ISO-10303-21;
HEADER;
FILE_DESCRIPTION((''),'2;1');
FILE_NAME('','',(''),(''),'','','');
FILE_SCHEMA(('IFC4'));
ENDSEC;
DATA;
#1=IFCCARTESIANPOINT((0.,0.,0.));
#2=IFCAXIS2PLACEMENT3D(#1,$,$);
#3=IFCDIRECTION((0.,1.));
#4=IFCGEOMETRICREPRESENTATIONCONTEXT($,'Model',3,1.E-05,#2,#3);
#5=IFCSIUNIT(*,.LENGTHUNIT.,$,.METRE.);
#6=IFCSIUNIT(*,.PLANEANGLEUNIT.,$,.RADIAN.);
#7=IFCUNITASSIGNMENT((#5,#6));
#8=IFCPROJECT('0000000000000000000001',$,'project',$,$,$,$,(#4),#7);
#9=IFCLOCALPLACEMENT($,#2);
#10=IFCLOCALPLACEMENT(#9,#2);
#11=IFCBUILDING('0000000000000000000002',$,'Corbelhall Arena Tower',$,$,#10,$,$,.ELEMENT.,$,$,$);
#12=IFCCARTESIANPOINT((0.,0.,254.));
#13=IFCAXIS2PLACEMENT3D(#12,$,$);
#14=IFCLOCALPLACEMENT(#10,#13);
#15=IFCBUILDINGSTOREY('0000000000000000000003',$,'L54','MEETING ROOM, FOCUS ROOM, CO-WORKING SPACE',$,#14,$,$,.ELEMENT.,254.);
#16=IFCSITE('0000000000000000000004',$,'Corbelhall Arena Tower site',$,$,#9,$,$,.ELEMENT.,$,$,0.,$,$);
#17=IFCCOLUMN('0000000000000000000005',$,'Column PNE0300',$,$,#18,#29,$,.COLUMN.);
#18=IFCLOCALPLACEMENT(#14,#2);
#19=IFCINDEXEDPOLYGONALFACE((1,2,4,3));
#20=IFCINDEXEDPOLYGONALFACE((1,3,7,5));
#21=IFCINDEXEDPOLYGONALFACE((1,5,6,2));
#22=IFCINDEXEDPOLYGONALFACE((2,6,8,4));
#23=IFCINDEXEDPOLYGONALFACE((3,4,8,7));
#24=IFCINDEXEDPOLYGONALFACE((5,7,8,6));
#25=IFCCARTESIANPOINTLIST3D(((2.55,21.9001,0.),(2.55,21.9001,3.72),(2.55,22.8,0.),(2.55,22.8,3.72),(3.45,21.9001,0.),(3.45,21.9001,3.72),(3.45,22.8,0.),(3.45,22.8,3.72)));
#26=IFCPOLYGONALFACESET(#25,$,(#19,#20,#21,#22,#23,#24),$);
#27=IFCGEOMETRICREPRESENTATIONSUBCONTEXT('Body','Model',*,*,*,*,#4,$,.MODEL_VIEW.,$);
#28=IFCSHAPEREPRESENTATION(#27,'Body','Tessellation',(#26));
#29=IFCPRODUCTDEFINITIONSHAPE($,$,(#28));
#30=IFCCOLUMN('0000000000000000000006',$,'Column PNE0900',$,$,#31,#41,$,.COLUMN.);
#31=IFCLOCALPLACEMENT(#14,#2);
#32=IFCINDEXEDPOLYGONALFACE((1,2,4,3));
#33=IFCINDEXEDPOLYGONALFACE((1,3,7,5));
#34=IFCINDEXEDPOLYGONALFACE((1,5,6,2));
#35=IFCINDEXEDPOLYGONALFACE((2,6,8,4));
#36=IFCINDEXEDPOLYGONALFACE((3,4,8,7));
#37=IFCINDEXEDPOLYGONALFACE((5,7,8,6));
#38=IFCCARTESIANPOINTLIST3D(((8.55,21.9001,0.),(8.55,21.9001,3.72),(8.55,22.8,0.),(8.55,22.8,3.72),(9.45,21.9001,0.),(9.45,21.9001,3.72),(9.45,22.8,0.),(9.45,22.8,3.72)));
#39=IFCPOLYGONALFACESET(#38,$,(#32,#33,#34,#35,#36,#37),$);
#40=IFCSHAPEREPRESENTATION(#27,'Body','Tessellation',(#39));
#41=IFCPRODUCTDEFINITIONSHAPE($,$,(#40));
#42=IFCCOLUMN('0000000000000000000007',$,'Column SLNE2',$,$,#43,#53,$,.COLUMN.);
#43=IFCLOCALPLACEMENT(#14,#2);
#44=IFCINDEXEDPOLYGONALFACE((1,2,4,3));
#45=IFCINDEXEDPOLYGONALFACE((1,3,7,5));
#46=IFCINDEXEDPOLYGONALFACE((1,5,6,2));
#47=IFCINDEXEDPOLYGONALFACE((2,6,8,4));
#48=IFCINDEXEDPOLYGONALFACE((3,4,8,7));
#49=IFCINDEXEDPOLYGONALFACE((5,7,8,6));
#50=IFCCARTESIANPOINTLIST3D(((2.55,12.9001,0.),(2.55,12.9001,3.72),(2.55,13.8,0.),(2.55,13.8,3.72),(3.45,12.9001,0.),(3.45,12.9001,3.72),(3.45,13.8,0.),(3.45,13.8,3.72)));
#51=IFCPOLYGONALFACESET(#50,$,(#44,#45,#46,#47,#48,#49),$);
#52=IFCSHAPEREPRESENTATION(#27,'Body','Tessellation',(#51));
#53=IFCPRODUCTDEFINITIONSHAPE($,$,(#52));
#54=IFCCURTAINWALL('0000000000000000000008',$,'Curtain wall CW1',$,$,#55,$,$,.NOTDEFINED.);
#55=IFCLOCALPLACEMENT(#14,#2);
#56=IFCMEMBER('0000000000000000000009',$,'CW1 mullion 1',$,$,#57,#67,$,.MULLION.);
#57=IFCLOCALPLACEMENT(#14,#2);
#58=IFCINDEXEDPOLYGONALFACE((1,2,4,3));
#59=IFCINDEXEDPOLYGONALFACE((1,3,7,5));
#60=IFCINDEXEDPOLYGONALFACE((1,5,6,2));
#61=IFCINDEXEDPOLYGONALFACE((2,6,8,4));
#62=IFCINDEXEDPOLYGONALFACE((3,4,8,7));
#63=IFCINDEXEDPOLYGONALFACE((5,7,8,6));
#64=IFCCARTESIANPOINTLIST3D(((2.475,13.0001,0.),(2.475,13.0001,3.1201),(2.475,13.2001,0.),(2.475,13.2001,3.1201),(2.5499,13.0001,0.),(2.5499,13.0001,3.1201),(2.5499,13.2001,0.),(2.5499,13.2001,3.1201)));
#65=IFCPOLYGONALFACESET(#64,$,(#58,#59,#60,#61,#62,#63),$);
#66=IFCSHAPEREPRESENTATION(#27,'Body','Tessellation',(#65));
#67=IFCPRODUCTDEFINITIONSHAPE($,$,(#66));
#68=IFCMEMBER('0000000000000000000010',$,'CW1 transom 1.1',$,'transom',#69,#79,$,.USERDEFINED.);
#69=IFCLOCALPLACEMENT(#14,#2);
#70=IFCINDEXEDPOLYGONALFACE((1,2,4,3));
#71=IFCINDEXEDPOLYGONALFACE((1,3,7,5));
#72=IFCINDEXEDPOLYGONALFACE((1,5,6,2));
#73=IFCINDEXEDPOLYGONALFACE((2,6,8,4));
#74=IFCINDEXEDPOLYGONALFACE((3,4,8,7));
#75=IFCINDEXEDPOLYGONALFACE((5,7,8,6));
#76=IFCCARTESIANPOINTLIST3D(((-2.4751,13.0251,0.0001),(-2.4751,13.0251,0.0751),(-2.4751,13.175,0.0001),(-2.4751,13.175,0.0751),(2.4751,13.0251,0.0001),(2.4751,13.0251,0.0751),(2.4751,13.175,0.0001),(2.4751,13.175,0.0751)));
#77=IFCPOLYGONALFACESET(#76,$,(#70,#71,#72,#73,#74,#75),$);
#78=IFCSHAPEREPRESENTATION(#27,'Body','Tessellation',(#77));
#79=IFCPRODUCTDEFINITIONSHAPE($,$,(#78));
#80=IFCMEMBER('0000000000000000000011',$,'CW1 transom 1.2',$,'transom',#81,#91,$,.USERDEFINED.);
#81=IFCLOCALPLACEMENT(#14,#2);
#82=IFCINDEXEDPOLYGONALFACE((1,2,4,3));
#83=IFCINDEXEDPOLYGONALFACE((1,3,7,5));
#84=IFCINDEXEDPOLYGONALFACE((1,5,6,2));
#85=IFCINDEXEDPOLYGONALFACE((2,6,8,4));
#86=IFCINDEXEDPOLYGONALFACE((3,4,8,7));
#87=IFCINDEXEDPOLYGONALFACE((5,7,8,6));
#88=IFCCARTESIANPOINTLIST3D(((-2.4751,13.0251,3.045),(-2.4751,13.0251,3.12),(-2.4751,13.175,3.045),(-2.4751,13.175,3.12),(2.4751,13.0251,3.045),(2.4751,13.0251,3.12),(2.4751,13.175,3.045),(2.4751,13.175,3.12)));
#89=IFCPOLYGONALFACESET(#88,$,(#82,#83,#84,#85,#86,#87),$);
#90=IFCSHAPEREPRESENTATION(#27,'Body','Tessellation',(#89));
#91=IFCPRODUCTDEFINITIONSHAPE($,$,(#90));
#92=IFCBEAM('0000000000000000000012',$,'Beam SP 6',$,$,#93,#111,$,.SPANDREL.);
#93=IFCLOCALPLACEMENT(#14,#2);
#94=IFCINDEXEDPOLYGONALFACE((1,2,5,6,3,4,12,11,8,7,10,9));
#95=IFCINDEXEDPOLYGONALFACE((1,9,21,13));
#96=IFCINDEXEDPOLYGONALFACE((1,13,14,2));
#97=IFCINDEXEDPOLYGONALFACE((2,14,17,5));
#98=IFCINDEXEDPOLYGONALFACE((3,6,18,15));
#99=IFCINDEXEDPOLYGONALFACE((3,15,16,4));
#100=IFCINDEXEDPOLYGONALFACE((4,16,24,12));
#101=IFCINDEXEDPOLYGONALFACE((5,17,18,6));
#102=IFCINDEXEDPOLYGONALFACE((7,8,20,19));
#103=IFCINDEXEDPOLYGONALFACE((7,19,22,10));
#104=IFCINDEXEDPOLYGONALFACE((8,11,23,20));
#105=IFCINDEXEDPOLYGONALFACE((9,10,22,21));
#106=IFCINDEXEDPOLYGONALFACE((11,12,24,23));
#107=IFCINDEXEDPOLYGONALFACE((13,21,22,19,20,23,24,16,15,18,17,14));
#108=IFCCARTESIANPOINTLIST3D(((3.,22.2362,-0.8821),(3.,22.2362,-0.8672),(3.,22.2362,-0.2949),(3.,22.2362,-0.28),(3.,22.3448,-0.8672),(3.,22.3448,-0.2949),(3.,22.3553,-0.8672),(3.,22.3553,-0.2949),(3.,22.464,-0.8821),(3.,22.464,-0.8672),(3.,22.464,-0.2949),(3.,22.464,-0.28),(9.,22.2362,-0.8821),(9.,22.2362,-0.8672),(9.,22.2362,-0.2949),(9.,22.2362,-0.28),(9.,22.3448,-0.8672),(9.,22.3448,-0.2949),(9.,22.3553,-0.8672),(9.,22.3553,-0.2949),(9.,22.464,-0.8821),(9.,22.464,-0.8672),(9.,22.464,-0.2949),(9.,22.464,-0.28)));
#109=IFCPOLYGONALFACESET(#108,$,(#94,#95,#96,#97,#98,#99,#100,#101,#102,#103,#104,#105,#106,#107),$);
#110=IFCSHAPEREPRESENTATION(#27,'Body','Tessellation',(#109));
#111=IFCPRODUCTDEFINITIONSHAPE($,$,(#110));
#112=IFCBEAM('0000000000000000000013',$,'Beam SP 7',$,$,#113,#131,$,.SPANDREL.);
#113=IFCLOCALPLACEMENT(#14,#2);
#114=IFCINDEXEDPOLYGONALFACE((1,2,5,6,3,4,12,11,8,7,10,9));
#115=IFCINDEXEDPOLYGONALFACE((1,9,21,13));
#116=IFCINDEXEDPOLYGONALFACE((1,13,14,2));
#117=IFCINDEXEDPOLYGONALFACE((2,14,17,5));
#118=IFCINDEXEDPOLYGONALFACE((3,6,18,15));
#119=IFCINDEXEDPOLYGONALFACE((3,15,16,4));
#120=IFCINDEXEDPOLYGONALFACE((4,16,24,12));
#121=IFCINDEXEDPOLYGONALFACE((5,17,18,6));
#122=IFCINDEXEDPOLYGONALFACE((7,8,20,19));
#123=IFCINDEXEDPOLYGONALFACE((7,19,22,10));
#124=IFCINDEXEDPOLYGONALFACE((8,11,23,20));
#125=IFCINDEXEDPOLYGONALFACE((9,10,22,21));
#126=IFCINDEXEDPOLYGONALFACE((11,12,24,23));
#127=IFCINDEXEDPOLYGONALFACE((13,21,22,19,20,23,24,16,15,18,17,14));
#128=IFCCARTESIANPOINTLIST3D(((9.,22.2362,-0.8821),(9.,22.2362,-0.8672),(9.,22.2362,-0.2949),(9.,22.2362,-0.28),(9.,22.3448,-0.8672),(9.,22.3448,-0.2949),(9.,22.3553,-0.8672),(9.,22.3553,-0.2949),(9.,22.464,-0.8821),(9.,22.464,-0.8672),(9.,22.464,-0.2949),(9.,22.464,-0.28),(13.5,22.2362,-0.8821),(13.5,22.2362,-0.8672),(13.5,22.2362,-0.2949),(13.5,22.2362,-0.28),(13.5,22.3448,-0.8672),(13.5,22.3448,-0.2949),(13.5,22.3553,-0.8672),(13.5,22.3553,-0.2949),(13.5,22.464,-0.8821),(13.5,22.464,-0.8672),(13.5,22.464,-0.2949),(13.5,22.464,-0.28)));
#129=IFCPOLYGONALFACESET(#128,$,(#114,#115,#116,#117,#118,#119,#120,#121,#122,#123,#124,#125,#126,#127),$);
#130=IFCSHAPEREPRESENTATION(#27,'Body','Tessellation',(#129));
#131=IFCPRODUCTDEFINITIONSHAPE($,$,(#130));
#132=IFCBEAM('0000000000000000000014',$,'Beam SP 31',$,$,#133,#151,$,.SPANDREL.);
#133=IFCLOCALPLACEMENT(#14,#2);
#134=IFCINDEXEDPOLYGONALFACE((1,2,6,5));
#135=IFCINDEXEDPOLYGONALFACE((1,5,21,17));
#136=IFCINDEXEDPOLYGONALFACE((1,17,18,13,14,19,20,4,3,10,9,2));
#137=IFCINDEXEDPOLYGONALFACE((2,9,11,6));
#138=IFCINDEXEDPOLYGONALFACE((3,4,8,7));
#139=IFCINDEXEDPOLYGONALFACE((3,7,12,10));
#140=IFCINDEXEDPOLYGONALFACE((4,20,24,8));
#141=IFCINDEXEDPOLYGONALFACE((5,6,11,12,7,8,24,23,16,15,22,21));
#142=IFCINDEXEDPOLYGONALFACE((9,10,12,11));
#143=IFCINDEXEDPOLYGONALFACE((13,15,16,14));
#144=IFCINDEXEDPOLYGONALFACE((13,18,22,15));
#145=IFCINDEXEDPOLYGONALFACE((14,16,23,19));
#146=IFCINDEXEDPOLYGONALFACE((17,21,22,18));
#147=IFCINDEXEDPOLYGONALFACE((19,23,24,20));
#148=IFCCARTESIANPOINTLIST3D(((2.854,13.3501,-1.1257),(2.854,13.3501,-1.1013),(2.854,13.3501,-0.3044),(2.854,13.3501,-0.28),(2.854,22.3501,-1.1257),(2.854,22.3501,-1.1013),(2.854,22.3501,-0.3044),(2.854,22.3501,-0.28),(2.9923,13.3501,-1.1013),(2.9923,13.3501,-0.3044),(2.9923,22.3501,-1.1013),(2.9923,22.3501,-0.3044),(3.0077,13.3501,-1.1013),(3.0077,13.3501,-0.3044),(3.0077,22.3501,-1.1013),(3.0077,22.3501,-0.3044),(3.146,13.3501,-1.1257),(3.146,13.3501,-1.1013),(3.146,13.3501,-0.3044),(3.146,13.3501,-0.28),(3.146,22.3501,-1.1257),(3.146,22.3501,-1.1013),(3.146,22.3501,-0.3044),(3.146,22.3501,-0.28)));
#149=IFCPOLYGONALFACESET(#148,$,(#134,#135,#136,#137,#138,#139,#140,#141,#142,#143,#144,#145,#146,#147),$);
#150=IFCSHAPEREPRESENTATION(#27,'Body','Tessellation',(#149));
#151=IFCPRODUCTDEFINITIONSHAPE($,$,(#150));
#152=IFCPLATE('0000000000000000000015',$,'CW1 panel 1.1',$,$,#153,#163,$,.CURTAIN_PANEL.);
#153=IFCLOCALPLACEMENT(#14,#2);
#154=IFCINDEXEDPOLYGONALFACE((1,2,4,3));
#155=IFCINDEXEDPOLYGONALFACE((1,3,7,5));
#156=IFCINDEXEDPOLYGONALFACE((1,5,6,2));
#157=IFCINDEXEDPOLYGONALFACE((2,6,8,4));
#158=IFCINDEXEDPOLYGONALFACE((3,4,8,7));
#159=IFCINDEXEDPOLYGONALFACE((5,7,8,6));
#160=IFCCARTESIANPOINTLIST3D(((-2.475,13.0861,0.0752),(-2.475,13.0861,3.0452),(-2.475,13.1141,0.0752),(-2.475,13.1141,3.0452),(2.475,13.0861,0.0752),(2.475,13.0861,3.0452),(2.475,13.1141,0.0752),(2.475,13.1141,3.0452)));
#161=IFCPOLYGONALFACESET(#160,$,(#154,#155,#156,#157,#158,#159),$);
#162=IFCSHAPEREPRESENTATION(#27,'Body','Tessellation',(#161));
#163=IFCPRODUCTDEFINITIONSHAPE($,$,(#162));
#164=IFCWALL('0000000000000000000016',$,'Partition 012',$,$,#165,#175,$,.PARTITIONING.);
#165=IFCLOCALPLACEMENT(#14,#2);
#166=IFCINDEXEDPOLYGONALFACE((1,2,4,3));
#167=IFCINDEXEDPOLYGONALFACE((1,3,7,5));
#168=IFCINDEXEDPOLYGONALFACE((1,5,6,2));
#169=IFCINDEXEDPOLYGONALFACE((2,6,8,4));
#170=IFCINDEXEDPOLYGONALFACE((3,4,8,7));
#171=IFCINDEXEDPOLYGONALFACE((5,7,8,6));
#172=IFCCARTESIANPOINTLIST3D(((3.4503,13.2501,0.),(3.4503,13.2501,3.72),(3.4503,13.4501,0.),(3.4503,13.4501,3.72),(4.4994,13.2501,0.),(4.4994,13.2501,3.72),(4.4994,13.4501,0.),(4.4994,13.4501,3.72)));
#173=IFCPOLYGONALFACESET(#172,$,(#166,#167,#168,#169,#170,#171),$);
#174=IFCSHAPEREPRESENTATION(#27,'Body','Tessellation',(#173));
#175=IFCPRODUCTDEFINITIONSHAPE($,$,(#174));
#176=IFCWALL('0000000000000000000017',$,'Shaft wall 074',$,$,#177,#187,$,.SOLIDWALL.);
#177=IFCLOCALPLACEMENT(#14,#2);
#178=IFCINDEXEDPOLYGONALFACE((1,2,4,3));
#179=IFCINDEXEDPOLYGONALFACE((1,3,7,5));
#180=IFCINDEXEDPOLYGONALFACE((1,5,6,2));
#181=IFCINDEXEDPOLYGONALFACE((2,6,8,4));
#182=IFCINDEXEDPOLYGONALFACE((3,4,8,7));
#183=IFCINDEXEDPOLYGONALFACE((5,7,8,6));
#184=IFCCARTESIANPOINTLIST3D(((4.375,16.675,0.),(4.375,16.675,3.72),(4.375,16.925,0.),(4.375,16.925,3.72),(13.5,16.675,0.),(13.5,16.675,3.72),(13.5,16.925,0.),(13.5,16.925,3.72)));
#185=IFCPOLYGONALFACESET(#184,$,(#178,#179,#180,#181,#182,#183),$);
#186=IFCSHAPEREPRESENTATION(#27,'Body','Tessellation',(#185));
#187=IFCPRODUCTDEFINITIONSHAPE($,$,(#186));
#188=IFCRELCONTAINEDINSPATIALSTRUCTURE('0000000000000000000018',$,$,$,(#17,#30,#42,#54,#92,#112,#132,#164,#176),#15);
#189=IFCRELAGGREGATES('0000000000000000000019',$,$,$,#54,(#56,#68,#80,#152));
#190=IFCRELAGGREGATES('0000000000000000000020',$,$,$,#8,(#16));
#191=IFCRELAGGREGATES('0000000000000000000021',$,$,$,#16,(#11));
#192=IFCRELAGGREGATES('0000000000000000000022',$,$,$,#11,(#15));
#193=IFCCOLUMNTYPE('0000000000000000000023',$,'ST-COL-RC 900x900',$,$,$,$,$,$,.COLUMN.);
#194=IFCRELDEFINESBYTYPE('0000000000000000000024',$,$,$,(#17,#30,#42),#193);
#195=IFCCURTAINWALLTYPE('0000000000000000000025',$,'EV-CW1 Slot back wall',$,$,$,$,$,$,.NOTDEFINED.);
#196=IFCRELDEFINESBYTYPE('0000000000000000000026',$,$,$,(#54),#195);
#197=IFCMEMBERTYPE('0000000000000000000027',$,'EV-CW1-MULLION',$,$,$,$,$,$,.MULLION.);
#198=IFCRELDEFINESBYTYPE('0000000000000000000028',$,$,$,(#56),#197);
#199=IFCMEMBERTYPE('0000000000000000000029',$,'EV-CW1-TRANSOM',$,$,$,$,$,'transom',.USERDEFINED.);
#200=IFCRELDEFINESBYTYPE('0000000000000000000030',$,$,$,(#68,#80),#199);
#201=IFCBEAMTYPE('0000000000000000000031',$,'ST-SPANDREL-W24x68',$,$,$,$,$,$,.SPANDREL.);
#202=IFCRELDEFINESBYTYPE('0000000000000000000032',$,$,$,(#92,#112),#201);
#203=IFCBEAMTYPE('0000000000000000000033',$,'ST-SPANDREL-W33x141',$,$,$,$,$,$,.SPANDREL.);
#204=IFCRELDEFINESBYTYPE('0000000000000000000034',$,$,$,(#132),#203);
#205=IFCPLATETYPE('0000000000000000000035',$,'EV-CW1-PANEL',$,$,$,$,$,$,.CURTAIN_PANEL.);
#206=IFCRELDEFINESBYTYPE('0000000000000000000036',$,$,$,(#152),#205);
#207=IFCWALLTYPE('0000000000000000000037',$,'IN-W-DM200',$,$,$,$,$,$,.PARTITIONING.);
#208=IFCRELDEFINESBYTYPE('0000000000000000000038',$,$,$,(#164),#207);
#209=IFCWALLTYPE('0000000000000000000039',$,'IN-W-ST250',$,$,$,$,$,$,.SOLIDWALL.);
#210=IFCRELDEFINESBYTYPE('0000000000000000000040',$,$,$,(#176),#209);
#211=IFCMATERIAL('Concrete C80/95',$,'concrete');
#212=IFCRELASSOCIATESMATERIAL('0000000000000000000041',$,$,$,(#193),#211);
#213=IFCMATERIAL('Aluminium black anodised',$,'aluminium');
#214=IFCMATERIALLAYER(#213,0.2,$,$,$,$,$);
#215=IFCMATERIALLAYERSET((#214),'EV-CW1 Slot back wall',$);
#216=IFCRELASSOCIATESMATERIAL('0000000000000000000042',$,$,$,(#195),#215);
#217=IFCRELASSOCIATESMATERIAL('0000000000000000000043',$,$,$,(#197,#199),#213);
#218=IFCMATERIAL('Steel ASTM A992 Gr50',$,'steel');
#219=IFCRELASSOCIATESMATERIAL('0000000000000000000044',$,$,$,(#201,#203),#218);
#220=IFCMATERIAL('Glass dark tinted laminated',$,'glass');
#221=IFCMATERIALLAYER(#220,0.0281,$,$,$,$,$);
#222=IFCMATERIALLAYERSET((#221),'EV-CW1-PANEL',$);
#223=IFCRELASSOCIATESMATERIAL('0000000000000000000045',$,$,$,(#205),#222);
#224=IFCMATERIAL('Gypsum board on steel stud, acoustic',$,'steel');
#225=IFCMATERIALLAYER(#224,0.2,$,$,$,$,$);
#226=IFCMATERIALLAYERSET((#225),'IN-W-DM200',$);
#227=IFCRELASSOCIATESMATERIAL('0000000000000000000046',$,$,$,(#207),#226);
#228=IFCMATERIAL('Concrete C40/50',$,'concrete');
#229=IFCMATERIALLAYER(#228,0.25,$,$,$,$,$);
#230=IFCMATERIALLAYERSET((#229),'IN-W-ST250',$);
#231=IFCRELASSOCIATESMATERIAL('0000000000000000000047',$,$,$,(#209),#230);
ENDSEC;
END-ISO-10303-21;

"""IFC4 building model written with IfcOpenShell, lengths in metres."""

from ifc_helpers import new_model, si_unit, direction, frame, frame_2d, origin, origin_2d, place, context, subcontext, project, spatial, rectangle, i_section, extrude, material, layer, layer_set, material_profile, profile_set, type_object, element, aggregate, save


model = new_model("IFC4")

# Units and contexts
model_context = context("Model", 3, precision=1e-05, world=origin(), true_north=direction((0.0, 1.0)))
body_context = subcontext(model_context, "Body", "Model", "MODEL_VIEW")
ifc_project = project(units=[si_unit("LENGTHUNIT", "METRE"), si_unit("PLANEANGLEUNIT", "RADIAN")], contexts=[model_context])

# Site, building, storey
site_placement = place(None, origin())
site = spatial("IfcSite", under=ifc_project, at=site_placement, Name="Corbelhall Arena Tower site", CompositionType="ELEMENT", RefElevation=0.0)
building_placement = place(site_placement, origin())
building = spatial("IfcBuilding", under=site, at=building_placement, Name="Corbelhall Arena Tower", CompositionType="ELEMENT")
storey_placement = place(building_placement, frame((0.0, 0.0, 254.0)))
storey = spatial("IfcBuildingStorey", under=building, at=storey_placement, Name="L54", Description="MEETING ROOM, FOCUS ROOM, CO-WORKING SPACE", CompositionType="ELEMENT", Elevation=254.0)

# Columns
ifc_material_1 = material(Name="Concrete C80/95", Category="concrete")
ifc_material_profile_1 = material_profile(ifc_material_1, rectangle(XDim=0.8999, YDim=0.8999, at=origin_2d()))
ifc_profile_set_1 = profile_set([ifc_material_profile_1], Name="Concrete C80/95")
column_type = type_object("IfcColumnType", Name="ST-COL-RC 900x900", PredefinedType="COLUMN", material=ifc_profile_set_1)
for number, where, z_axis, x_axis, name in (
    (1, (3.0, 22.3501, 0.0), (0.0, 0.0, 1.0), (1.0, 0.0, 0.0), "Column PNE0300"),
    (2, (9.0, 22.3501, 0.0), (0.0, 0.0, 1.0), (1.0, 0.0, 0.0), "Column PNE0900"),
    (3, (3.0, 13.3501, 0.0), (0.0, 0.0, 1.0), (1.0, 0.0, 0.0), "Column SLNE2"),
):
    element("IfcColumn", number, at=place(storey_placement, frame(where, z_axis=z_axis, x_axis=x_axis)), inside=storey, type_object=column_type, Name=name, PredefinedType="COLUMN", context=body_context, shape_type="SweptSolid", body=[
        extrude(rectangle(XDim=0.8999, YDim=0.8999, at=origin_2d()), origin(), (0.0, 0.0, 1.0), 3.72),
    ])

# Curtain wall, members
ifc_material_2 = material(Name="Aluminium black anodised", Category="aluminium")
ifc_layer_1 = layer(ifc_material_2, 0.2)
ifc_layer_set_1 = layer_set([ifc_layer_1], Name="EV-CW1 Slot back wall")
curtain_wall_type = type_object("IfcCurtainWallType", Name="EV-CW1 Slot back wall", PredefinedType="NOTDEFINED", material=ifc_layer_set_1)
curtain_wall_placement = place(storey_placement, origin())
curtain_wall = element("IfcCurtainWall", 4, at=curtain_wall_placement, inside=storey, type_object=curtain_wall_type, Name="Curtain wall CW1", PredefinedType="NOTDEFINED")
ifc_material_profile_2 = material_profile(ifc_material_2, rectangle(XDim=0.2, YDim=0.075, at=origin_2d()))
ifc_profile_set_2 = profile_set([ifc_material_profile_2], Name="Aluminium black anodised")
member_type_1 = type_object("IfcMemberType", Name="EV-CW1-MULLION", PredefinedType="MULLION", material=ifc_profile_set_2)
member_1_placement = place(storey_placement, frame((2.5125, 13.1001, 0.0), z_axis=(0.0, 0.0, 1.0), x_axis=(0.0, -1.0, 0.0)))
member_1 = element("IfcMember", 5, at=member_1_placement, type_object=member_type_1, Name="CW1 mullion 1", PredefinedType="MULLION", context=body_context, shape_type="SweptSolid", body=[
    extrude(rectangle(XDim=0.2, YDim=0.075, at=origin_2d()), origin(), (0.0, 0.0, 1.0), 3.1201),
])
ifc_material_profile_3 = material_profile(ifc_material_2, rectangle(XDim=0.1499, YDim=0.075, at=origin_2d()))
ifc_profile_set_3 = profile_set([ifc_material_profile_3], Name="Aluminium black anodised")
member_type_2 = type_object("IfcMemberType", Name="EV-CW1-TRANSOM", ElementType="transom", PredefinedType="USERDEFINED", material=ifc_profile_set_3)
member_2_placement = place(storey_placement, frame((2.4751, 13.1001, 0.0376), z_axis=(-1.0, 0.0, 0.0), x_axis=(0.0, -1.0, 0.0)))
member_2 = element("IfcMember", 6, at=member_2_placement, type_object=member_type_2, Name="CW1 transom 1.1", ObjectType="transom", PredefinedType="USERDEFINED", context=body_context, shape_type="SweptSolid", body=[
    extrude(rectangle(XDim=0.1499, YDim=0.075, at=origin_2d()), origin(), (0.0, 0.0, 1.0), 4.9502),
])
member_3_placement = place(storey_placement, frame((2.4751, 13.1001, 3.0825), z_axis=(-1.0, 0.0, 0.0), x_axis=(0.0, -1.0, 0.0)))
member_3 = element("IfcMember", 7, at=member_3_placement, type_object=member_type_2, Name="CW1 transom 1.2", ObjectType="transom", PredefinedType="USERDEFINED", context=body_context, shape_type="SweptSolid", body=[
    extrude(rectangle(XDim=0.1499, YDim=0.075, at=origin_2d()), origin(), (0.0, 0.0, 1.0), 4.9502),
])

# Beams
ifc_material_3 = material(Name="Steel ASTM A992 Gr50", Category="steel")
ifc_material_profile_4 = material_profile(ifc_material_3, i_section(OverallWidth=0.2278, OverallDepth=0.6021, WebThickness=0.0105, FlangeThickness=0.0149, at=origin_2d()))
ifc_profile_set_4 = profile_set([ifc_material_profile_4], Name="Steel ASTM A992 Gr50")
beam_type_1 = type_object("IfcBeamType", Name="ST-SPANDREL-W24x68", PredefinedType="SPANDREL", material=ifc_profile_set_4)
beam_1_placement = place(storey_placement, frame((3.0, 22.3501, -0.5811), z_axis=(1.0, 0.0, 0.0), x_axis=(0.0, 1.0, 0.0)))
element("IfcBeam", 8, at=beam_1_placement, inside=storey, type_object=beam_type_1, Name="Beam SP 6", PredefinedType="SPANDREL", context=body_context, shape_type="SweptSolid", body=[
    extrude(i_section(OverallWidth=0.2278, OverallDepth=0.6021, WebThickness=0.0105, FlangeThickness=0.0149, at=origin_2d()), origin(), (0.0, 0.0, 1.0), 6.0),
])
beam_2_placement = place(storey_placement, frame((9.0, 22.3501, -0.5811), z_axis=(1.0, 0.0, 0.0), x_axis=(0.0, 1.0, 0.0)))
element("IfcBeam", 9, at=beam_2_placement, inside=storey, type_object=beam_type_1, Name="Beam SP 7", PredefinedType="SPANDREL", context=body_context, shape_type="SweptSolid", body=[
    extrude(i_section(OverallWidth=0.2278, OverallDepth=0.6021, WebThickness=0.0105, FlangeThickness=0.0149, at=origin_2d()), origin(), (0.0, 0.0, 1.0), 4.5),
])
ifc_material_profile_5 = material_profile(ifc_material_3, i_section(OverallWidth=0.292, OverallDepth=0.8457, WebThickness=0.0154, FlangeThickness=0.0244, at=origin_2d()))
ifc_profile_set_5 = profile_set([ifc_material_profile_5], Name="Steel ASTM A992 Gr50")
beam_type_2 = type_object("IfcBeamType", Name="ST-SPANDREL-W33x141", PredefinedType="SPANDREL", material=ifc_profile_set_5)
beam_3_placement = place(storey_placement, frame((3.0, 13.3501, -0.7029), z_axis=(0.0, 1.0, 0.0), x_axis=(-1.0, 0.0, 0.0)))
element("IfcBeam", 10, at=beam_3_placement, inside=storey, type_object=beam_type_2, Name="Beam SP 31", PredefinedType="SPANDREL", context=body_context, shape_type="SweptSolid", body=[
    extrude(i_section(OverallWidth=0.292, OverallDepth=0.8457, WebThickness=0.0154, FlangeThickness=0.0244, at=origin_2d()), origin(), (0.0, 0.0, 1.0), 9.0),
])

# Plate
ifc_material_4 = material(Name="Glass dark tinted laminated", Category="glass")
ifc_layer_2 = layer(ifc_material_4, 0.0281)
ifc_layer_set_2 = layer_set([ifc_layer_2], Name="EV-CW1-PANEL")
plate_type = type_object("IfcPlateType", Name="EV-CW1-PANEL", PredefinedType="CURTAIN_PANEL", material=ifc_layer_set_2)
plate_placement = place(storey_placement, frame((0.0, 13.1001, 0.0752), z_axis=(0.0, 0.0, 1.0), x_axis=(-1.0, 0.0, 0.0)))
plate = element("IfcPlate", 11, at=plate_placement, type_object=plate_type, Name="CW1 panel 1.1", PredefinedType="CURTAIN_PANEL", context=body_context, shape_type="SweptSolid", body=[
    extrude(rectangle(XDim=4.95, YDim=0.0281, at=origin_2d()), origin(), (0.0, 0.0, 1.0), 2.97),
])
aggregate(curtain_wall, [member_1, member_2, member_3, plate])

# Walls
ifc_material_5 = material(Name="Gypsum board on steel stud, acoustic", Category="steel")
ifc_layer_3 = layer(ifc_material_5, 0.2)
ifc_layer_set_3 = layer_set([ifc_layer_3], Name="IN-W-DM200")
wall_type_1 = type_object("IfcWallType", Name="IN-W-DM200", PredefinedType="PARTITIONING", material=ifc_layer_set_3)
wall_1_placement = place(storey_placement, frame((3.4504, 13.3501, 0.0), z_axis=(0.0, 0.0, 1.0), x_axis=(1.0, 0.0, 0.0)))
element("IfcWall", 12, at=wall_1_placement, inside=storey, type_object=wall_type_1, Name="Partition 012", PredefinedType="PARTITIONING", context=body_context, shape_type="SweptSolid", body=[
    extrude(rectangle(XDim=1.0491, YDim=0.2, at=frame_2d((0.5244, 0.0))), origin(), (0.0, 0.0, 1.0), 3.72),
])
ifc_material_6 = material(Name="Concrete C40/50", Category="concrete")
ifc_layer_4 = layer(ifc_material_6, 0.25)
ifc_layer_set_4 = layer_set([ifc_layer_4], Name="IN-W-ST250")
wall_type_2 = type_object("IfcWallType", Name="IN-W-ST250", PredefinedType="SOLIDWALL", material=ifc_layer_set_4)
wall_2_placement = place(storey_placement, frame((4.375, 16.8, 0.0), z_axis=(0.0, 0.0, 1.0), x_axis=(1.0, 0.0, 0.0)))
element("IfcWall", 13, at=wall_2_placement, inside=storey, type_object=wall_type_2, Name="Shaft wall 074", PredefinedType="SOLIDWALL", context=body_context, shape_type="SweptSolid", body=[
    extrude(rectangle(XDim=9.125, YDim=0.25, at=frame_2d((4.5625, 0.0))), origin(), (0.0, 0.0, 1.0), 3.72),
])

save(model, "model.ifc")
